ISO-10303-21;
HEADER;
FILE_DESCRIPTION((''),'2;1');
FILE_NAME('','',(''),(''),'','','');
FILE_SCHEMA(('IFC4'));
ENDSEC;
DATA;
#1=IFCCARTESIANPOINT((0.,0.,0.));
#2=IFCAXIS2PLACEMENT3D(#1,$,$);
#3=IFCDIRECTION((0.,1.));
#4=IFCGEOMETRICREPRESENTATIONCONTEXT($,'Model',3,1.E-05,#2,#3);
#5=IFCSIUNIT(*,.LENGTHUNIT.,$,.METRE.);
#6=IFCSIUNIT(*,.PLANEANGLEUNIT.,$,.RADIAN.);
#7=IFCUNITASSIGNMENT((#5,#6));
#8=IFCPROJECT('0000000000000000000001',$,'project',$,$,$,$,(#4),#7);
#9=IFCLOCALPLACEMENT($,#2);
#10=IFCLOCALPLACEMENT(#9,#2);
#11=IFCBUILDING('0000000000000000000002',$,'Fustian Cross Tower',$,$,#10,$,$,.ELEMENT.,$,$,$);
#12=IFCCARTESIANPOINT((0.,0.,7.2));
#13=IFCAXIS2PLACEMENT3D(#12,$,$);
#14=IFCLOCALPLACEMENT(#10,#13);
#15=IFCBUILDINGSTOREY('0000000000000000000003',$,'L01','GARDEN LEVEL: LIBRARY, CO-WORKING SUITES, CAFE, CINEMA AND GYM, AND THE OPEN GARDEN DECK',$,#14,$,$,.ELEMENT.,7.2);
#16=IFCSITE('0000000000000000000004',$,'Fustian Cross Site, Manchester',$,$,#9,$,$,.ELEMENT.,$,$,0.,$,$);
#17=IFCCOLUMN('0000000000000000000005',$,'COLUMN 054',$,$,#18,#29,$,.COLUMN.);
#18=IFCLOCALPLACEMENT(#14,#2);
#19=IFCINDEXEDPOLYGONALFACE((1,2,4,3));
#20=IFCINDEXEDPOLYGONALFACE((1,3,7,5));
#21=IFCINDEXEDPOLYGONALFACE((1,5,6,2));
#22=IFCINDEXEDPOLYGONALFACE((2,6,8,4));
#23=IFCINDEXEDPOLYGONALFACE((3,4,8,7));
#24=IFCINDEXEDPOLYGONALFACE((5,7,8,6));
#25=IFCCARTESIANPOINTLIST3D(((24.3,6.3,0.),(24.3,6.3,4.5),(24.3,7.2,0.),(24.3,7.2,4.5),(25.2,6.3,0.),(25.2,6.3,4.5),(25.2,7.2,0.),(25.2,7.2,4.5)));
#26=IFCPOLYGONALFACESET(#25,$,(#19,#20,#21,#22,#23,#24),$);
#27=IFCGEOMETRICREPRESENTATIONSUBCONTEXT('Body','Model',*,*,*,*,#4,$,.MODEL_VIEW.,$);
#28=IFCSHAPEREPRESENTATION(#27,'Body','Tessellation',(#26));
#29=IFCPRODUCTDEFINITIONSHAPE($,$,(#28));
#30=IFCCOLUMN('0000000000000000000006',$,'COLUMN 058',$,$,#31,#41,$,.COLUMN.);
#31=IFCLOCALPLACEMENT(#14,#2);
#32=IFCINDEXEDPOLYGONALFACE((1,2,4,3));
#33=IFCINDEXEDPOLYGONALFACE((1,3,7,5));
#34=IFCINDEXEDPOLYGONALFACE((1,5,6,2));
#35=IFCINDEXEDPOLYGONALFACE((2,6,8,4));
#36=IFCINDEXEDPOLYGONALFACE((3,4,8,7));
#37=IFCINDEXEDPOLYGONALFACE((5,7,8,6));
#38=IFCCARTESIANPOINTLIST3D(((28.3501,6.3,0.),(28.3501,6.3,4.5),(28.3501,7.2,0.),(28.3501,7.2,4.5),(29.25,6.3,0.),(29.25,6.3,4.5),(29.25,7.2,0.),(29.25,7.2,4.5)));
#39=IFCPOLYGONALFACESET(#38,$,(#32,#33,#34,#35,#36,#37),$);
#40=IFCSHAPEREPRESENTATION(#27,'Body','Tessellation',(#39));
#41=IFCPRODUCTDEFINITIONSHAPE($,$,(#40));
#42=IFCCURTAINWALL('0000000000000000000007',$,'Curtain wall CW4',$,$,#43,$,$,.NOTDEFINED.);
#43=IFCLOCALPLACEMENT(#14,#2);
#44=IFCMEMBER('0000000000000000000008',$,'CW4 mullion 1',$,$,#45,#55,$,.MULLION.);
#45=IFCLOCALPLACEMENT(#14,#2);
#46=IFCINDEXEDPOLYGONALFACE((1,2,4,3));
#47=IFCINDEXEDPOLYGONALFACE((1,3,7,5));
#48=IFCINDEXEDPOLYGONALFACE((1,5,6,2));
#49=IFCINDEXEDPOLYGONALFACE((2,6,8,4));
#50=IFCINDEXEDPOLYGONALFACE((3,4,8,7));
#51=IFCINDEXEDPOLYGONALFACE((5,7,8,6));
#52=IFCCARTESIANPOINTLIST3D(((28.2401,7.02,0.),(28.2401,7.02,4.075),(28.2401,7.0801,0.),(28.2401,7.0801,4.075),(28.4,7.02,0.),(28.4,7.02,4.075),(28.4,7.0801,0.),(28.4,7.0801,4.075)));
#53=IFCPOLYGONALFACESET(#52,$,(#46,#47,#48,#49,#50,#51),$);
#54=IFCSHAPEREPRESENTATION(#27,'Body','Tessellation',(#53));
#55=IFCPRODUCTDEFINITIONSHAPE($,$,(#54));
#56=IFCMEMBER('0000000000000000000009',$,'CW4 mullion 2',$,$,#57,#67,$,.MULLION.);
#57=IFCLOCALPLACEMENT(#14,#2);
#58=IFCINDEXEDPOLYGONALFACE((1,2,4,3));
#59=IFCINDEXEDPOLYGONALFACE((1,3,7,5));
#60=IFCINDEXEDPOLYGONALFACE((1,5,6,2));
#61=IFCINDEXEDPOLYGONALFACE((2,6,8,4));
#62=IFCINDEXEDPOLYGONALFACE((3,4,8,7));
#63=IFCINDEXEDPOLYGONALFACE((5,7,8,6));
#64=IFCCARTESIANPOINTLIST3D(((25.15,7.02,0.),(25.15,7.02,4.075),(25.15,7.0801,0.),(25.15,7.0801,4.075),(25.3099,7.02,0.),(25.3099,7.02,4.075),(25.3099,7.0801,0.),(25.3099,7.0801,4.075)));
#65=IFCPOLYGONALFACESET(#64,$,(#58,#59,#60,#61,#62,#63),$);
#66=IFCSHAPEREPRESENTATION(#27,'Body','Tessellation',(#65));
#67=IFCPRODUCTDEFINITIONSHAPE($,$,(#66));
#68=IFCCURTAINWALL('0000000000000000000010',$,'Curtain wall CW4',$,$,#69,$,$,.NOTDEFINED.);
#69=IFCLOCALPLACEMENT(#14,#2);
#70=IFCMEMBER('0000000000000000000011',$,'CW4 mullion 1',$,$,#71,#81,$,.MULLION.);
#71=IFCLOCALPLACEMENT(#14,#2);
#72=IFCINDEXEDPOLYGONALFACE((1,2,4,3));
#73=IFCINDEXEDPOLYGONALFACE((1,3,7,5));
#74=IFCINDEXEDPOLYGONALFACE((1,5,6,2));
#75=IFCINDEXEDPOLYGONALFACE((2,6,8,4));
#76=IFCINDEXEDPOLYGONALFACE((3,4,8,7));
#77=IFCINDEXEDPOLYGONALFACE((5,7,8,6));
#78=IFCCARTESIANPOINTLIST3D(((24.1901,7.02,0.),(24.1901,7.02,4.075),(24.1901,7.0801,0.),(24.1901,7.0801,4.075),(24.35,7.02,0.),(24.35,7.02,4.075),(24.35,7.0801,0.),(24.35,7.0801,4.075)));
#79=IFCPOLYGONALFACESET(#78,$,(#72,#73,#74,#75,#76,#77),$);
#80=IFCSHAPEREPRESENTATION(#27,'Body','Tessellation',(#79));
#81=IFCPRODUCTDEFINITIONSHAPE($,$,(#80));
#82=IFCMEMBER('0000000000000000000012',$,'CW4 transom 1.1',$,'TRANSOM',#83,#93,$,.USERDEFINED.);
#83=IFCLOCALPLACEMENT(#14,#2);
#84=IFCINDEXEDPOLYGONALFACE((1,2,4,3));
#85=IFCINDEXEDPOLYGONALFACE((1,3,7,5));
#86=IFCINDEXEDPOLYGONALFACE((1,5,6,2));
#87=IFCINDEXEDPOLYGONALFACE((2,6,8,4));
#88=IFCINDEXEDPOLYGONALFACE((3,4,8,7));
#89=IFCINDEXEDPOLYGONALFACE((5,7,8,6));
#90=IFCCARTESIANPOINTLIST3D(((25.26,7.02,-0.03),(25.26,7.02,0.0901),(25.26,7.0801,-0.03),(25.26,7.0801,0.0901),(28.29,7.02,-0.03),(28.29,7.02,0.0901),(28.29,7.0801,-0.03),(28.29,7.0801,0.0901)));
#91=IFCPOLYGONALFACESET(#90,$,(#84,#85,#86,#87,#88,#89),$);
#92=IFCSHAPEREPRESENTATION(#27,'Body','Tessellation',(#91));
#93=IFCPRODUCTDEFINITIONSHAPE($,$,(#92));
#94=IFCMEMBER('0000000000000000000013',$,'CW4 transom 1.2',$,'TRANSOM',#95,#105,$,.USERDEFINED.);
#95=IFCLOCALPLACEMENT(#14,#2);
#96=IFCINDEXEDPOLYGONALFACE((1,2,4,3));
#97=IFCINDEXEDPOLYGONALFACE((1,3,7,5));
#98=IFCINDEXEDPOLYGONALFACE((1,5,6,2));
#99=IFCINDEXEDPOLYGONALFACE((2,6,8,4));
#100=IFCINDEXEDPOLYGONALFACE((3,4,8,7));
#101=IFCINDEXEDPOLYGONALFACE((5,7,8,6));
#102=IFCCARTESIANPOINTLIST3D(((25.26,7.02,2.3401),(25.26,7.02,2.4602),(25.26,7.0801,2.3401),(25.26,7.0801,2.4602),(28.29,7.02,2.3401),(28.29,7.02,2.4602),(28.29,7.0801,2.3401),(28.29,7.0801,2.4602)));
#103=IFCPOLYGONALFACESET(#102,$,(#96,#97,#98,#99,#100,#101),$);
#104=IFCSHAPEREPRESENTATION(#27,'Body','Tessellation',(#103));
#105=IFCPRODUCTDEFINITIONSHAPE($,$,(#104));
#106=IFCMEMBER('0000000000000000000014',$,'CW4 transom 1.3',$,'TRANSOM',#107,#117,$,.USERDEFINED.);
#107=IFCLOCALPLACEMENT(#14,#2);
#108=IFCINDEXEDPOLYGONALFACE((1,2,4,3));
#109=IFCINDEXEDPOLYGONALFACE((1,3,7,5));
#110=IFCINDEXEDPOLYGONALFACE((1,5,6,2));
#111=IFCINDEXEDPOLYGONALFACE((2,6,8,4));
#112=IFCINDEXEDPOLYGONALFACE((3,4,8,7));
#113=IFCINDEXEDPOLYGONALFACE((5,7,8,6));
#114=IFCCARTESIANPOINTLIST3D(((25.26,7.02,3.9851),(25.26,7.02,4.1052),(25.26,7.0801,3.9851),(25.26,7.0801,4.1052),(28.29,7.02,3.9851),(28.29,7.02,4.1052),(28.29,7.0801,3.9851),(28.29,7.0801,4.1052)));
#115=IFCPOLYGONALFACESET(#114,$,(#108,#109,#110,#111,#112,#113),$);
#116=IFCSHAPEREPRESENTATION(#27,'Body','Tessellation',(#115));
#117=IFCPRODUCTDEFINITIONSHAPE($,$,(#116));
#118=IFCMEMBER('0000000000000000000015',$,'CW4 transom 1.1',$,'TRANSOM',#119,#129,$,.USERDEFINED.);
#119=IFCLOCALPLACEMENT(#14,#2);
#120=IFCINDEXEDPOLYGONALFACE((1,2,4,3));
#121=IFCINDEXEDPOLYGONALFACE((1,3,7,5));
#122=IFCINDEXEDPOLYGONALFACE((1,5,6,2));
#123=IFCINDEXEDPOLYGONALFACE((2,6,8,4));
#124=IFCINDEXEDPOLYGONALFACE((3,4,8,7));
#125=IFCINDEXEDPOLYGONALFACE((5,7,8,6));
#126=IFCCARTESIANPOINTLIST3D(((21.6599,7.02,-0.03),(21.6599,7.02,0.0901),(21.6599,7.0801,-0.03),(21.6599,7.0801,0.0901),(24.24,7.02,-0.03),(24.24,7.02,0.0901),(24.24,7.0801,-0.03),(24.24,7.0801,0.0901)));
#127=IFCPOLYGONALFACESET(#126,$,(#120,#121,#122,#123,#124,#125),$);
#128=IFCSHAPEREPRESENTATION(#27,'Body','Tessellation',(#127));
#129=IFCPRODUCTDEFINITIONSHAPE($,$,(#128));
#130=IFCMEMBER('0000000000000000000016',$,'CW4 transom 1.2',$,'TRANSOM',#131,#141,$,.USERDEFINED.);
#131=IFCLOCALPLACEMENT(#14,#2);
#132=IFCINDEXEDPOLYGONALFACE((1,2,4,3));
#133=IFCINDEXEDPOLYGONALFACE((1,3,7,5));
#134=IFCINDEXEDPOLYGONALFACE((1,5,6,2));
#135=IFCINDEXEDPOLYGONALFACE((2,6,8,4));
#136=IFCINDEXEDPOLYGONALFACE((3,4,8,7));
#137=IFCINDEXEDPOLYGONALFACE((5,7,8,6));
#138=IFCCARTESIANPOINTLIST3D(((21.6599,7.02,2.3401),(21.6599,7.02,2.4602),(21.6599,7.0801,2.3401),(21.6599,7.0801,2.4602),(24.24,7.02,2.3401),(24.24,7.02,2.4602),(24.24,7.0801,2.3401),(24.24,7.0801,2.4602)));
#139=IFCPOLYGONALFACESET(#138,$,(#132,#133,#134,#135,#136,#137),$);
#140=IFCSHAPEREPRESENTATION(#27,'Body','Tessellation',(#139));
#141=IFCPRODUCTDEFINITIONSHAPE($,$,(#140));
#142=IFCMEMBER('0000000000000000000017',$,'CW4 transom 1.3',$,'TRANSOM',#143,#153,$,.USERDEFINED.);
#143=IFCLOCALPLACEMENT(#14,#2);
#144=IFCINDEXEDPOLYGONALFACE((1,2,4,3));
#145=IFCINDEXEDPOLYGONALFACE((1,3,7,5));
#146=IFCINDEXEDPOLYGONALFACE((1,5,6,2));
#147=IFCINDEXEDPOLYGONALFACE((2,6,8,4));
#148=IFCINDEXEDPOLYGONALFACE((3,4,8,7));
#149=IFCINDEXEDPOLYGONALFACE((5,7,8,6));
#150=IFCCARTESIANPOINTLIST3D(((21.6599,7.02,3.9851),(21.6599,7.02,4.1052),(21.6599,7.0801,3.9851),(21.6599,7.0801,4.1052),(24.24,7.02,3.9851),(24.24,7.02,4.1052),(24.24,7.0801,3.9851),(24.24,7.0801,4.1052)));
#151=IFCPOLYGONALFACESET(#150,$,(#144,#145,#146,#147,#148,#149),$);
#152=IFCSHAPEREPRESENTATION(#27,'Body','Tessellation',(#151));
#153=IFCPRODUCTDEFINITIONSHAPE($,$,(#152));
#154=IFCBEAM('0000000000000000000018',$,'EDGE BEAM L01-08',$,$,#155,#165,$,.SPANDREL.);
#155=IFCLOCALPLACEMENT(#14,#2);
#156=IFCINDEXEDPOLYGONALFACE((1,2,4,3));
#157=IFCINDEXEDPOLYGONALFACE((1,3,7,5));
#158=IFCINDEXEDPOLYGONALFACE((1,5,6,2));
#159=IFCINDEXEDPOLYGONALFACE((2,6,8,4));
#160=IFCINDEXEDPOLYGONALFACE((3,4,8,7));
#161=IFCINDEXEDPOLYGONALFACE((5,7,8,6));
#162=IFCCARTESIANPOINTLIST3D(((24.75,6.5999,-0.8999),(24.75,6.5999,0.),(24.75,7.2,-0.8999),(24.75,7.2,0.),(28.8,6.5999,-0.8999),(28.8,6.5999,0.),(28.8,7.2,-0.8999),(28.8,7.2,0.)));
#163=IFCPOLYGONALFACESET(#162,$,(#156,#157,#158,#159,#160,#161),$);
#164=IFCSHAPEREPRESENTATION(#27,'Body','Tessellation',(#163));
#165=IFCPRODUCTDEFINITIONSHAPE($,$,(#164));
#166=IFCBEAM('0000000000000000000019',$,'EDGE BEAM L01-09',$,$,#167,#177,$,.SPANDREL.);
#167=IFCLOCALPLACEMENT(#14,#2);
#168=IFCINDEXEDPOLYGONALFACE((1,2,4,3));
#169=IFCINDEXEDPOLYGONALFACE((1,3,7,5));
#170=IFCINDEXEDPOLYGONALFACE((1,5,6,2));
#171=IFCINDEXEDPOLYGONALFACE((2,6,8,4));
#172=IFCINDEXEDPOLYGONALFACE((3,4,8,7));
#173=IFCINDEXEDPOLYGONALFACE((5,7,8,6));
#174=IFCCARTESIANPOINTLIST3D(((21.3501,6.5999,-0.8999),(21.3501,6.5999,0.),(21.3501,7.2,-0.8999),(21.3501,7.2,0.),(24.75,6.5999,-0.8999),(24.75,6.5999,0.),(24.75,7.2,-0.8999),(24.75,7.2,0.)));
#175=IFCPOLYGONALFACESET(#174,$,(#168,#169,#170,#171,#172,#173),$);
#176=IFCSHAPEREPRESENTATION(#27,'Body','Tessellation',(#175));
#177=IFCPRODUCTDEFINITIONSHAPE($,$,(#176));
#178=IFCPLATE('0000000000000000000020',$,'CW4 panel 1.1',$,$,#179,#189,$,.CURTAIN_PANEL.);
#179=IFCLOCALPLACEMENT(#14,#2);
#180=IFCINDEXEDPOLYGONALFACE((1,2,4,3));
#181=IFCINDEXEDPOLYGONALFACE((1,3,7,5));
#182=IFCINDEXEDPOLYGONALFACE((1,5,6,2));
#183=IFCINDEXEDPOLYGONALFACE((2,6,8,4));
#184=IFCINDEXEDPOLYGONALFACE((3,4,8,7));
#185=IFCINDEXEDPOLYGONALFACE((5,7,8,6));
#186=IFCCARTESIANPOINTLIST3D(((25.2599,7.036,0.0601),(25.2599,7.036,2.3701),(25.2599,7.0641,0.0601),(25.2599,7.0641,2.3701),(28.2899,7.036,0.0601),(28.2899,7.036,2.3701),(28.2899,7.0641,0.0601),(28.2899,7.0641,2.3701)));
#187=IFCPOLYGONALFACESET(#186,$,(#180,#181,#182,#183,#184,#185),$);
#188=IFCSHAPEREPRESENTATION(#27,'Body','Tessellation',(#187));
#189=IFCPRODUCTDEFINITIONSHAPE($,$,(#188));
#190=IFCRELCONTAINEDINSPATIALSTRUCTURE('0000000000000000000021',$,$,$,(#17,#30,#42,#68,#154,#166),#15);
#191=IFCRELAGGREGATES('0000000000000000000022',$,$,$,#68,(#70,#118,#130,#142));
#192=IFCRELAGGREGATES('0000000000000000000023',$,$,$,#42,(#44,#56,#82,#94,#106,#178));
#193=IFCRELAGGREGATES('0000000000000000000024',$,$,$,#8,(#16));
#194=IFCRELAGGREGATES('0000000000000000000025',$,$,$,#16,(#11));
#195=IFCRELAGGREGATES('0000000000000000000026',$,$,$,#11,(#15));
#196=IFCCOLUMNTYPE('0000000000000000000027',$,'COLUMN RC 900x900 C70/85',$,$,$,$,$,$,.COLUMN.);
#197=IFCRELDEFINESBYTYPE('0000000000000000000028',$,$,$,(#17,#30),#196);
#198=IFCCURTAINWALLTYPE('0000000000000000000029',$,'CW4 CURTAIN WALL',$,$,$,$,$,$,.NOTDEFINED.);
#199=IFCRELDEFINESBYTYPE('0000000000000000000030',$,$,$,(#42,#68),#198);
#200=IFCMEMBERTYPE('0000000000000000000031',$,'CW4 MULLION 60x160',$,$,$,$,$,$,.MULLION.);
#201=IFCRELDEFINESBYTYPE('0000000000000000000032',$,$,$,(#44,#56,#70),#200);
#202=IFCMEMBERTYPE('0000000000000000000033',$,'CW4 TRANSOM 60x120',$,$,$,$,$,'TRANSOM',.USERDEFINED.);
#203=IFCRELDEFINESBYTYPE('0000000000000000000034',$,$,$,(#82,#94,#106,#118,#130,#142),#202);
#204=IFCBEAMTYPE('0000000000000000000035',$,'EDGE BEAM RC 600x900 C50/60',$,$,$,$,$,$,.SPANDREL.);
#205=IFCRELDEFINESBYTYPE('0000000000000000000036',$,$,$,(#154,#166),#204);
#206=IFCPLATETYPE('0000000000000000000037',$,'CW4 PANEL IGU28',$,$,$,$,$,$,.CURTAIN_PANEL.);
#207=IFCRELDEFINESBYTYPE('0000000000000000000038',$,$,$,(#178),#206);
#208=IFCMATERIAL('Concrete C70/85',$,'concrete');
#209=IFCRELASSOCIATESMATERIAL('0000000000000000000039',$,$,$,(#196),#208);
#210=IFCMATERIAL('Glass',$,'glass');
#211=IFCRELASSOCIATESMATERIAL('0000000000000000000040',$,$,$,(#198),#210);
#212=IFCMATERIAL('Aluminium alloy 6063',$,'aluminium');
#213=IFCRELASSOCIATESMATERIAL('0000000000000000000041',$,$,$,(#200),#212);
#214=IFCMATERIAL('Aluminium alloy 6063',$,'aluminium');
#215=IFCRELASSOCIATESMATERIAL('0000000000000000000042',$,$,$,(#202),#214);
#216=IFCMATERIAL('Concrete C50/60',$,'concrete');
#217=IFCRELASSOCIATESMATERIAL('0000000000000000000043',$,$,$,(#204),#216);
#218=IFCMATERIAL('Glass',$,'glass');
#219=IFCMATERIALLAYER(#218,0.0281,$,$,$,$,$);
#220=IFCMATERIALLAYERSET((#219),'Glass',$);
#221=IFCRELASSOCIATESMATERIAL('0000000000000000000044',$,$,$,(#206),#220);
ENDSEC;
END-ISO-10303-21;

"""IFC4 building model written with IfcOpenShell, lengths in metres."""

from ifc_helpers import new_model, si_unit, direction, frame, origin, origin_2d, place, context, subcontext, project, spatial, rectangle, extrude, material, layer, layer_set, material_profile, profile_set, type_object, element, aggregate, save


model = new_model("IFC4")

# Units and contexts
model_context = context("Model", 3, precision=1e-05, world=origin(), true_north=direction((0.0, 1.0)))
body_context = subcontext(model_context, "Body", "Model", "MODEL_VIEW")
ifc_project = project(units=[si_unit("LENGTHUNIT", "METRE"), si_unit("PLANEANGLEUNIT", "RADIAN")], contexts=[model_context])

# Site, building, storey
site_placement = place(None, origin())
site = spatial("IfcSite", under=ifc_project, at=site_placement, Name="Fustian Cross Site, Manchester", CompositionType="ELEMENT", RefElevation=0.0)
building_placement = place(site_placement, origin())
building = spatial("IfcBuilding", under=site, at=building_placement, Name="Fustian Cross Tower", CompositionType="ELEMENT")
storey_placement = place(building_placement, frame((0.0, 0.0, 7.2)))
storey = spatial("IfcBuildingStorey", under=building, at=storey_placement, Name="L01", Description="GARDEN LEVEL: LIBRARY, CO-WORKING SUITES, CAFE, CINEMA AND GYM, AND THE OPEN GARDEN DECK", CompositionType="ELEMENT", Elevation=7.2)

# Columns
ifc_material_1 = material(Name="Concrete C70/85", Category="concrete")
ifc_material_profile_1 = material_profile(ifc_material_1, rectangle(XDim=0.8999, YDim=0.8999, at=origin_2d()), Name="RC 900x900")
ifc_profile_set_1 = profile_set([ifc_material_profile_1], Name="Concrete C70/85")
column_type = type_object("IfcColumnType", Name="COLUMN RC 900x900 C70/85", PredefinedType="COLUMN", material=ifc_profile_set_1)
for number, where, z_axis, x_axis, name in (
    (1, (24.75, 6.75, 0.0), (0.0, 0.0, 1.0), (1.0, 0.0, 0.0), "COLUMN 054"),
    (2, (28.8, 6.75, 0.0), (0.0, 0.0, 1.0), (1.0, 0.0, 0.0), "COLUMN 058"),
):
    element("IfcColumn", number, at=place(storey_placement, frame(where, z_axis=z_axis, x_axis=x_axis)), inside=storey, type_object=column_type, Name=name, PredefinedType="COLUMN", context=body_context, shape_type="SweptSolid", body=[
        extrude(rectangle(XDim=0.8999, YDim=0.8999, at=origin_2d()), origin(), (0.0, 0.0, 1.0), 4.5),
    ])

# Curtain wall, members
ifc_material_2 = material(Name="Glass", Category="glass")
curtain_wall_type = type_object("IfcCurtainWallType", Name="CW4 CURTAIN WALL", PredefinedType="NOTDEFINED", material=ifc_material_2)
curtain_wall_1_placement = place(storey_placement, origin())
curtain_wall_1 = element("IfcCurtainWall", 3, at=curtain_wall_1_placement, inside=storey, type_object=curtain_wall_type, Name="Curtain wall CW4", PredefinedType="NOTDEFINED")
ifc_material_3 = material(Name="Aluminium alloy 6063", Category="aluminium")
ifc_material_profile_2 = material_profile(ifc_material_3, rectangle(XDim=0.0601, YDim=0.1599, at=origin_2d()), Name="CW4 MULLION 60x160")
ifc_profile_set_2 = profile_set([ifc_material_profile_2], Name="Aluminium alloy 6063")
member_type_1 = type_object("IfcMemberType", Name="CW4 MULLION 60x160", PredefinedType="MULLION", material=ifc_profile_set_2)
member_1_placement = place(storey_placement, frame((28.3201, 7.05, 0.0), z_axis=(0.0, 0.0, 1.0), x_axis=(0.0, -1.0, 0.0)))
member_1 = element("IfcMember", 4, at=member_1_placement, type_object=member_type_1, Name="CW4 mullion 1", PredefinedType="MULLION", context=body_context, shape_type="SweptSolid", body=[
    extrude(rectangle(XDim=0.0601, YDim=0.1599, at=origin_2d()), origin(), (0.0, 0.0, 1.0), 4.075),
])
member_2_placement = place(storey_placement, frame((25.23, 7.05, 0.0), z_axis=(0.0, 0.0, 1.0), x_axis=(0.0, -1.0, 0.0)))
member_2 = element("IfcMember", 5, at=member_2_placement, type_object=member_type_1, Name="CW4 mullion 2", PredefinedType="MULLION", context=body_context, shape_type="SweptSolid", body=[
    extrude(rectangle(XDim=0.0601, YDim=0.1599, at=origin_2d()), origin(), (0.0, 0.0, 1.0), 4.075),
])

# Curtain wall, member
curtain_wall_2_placement = place(storey_placement, origin())
curtain_wall_2 = element("IfcCurtainWall", 6, at=curtain_wall_2_placement, inside=storey, type_object=curtain_wall_type, Name="Curtain wall CW4", PredefinedType="NOTDEFINED")
member_3_placement = place(storey_placement, frame((24.27, 7.05, 0.0), z_axis=(0.0, 0.0, 1.0), x_axis=(0.0, -1.0, 0.0)))
member_3 = element("IfcMember", 7, at=member_3_placement, type_object=member_type_1, Name="CW4 mullion 1", PredefinedType="MULLION", context=body_context, shape_type="SweptSolid", body=[
    extrude(rectangle(XDim=0.0601, YDim=0.1599, at=origin_2d()), origin(), (0.0, 0.0, 1.0), 4.075),
])

# Members
ifc_material_4 = material(Name="Aluminium alloy 6063", Category="aluminium")
ifc_material_profile_3 = material_profile(ifc_material_4, rectangle(XDim=0.0601, YDim=0.1201, at=origin_2d()), Name="CW4 TRANSOM 60x120")
ifc_profile_set_3 = profile_set([ifc_material_profile_3], Name="Aluminium alloy 6063")
member_type_2 = type_object("IfcMemberType", Name="CW4 TRANSOM 60x120", ElementType="TRANSOM", PredefinedType="USERDEFINED", material=ifc_profile_set_3)
member_4_placement = place(storey_placement, frame((28.29, 7.05, 0.03), z_axis=(-1.0, 0.0, 0.0), x_axis=(0.0, -1.0, 0.0)))
member_4 = element("IfcMember", 8, at=member_4_placement, type_object=member_type_2, Name="CW4 transom 1.1", ObjectType="TRANSOM", PredefinedType="USERDEFINED", context=body_context, shape_type="SweptSolid", body=[
    extrude(rectangle(XDim=0.0601, YDim=0.1201, at=origin_2d()), origin(), (0.0, 0.0, 1.0), 3.03),
])
member_5_placement = place(storey_placement, frame((28.29, 7.05, 2.4001), z_axis=(-1.0, 0.0, 0.0), x_axis=(0.0, -1.0, 0.0)))
member_5 = element("IfcMember", 9, at=member_5_placement, type_object=member_type_2, Name="CW4 transom 1.2", ObjectType="TRANSOM", PredefinedType="USERDEFINED", context=body_context, shape_type="SweptSolid", body=[
    extrude(rectangle(XDim=0.0601, YDim=0.1201, at=origin_2d()), origin(), (0.0, 0.0, 1.0), 3.03),
])
member_6_placement = place(storey_placement, frame((28.29, 7.05, 4.0452), z_axis=(-1.0, 0.0, 0.0), x_axis=(0.0, -1.0, 0.0)))
member_6 = element("IfcMember", 10, at=member_6_placement, type_object=member_type_2, Name="CW4 transom 1.3", ObjectType="TRANSOM", PredefinedType="USERDEFINED", context=body_context, shape_type="SweptSolid", body=[
    extrude(rectangle(XDim=0.0601, YDim=0.1201, at=origin_2d()), origin(), (0.0, 0.0, 1.0), 3.03),
])
member_7_placement = place(storey_placement, frame((24.24, 7.05, 0.03), z_axis=(-1.0, 0.0, 0.0), x_axis=(0.0, -1.0, 0.0)))
member_7 = element("IfcMember", 11, at=member_7_placement, type_object=member_type_2, Name="CW4 transom 1.1", ObjectType="TRANSOM", PredefinedType="USERDEFINED", context=body_context, shape_type="SweptSolid", body=[
    extrude(rectangle(XDim=0.0601, YDim=0.1201, at=origin_2d()), origin(), (0.0, 0.0, 1.0), 2.5801),
])
member_8_placement = place(storey_placement, frame((24.24, 7.05, 2.4001), z_axis=(-1.0, 0.0, 0.0), x_axis=(0.0, -1.0, 0.0)))
member_8 = element("IfcMember", 12, at=member_8_placement, type_object=member_type_2, Name="CW4 transom 1.2", ObjectType="TRANSOM", PredefinedType="USERDEFINED", context=body_context, shape_type="SweptSolid", body=[
    extrude(rectangle(XDim=0.0601, YDim=0.1201, at=origin_2d()), origin(), (0.0, 0.0, 1.0), 2.5801),
])
member_9_placement = place(storey_placement, frame((24.24, 7.05, 4.0452), z_axis=(-1.0, 0.0, 0.0), x_axis=(0.0, -1.0, 0.0)))
member_9 = element("IfcMember", 13, at=member_9_placement, type_object=member_type_2, Name="CW4 transom 1.3", ObjectType="TRANSOM", PredefinedType="USERDEFINED", context=body_context, shape_type="SweptSolid", body=[
    extrude(rectangle(XDim=0.0601, YDim=0.1201, at=origin_2d()), origin(), (0.0, 0.0, 1.0), 2.5801),
])
aggregate(curtain_wall_2, [member_3, member_7, member_8, member_9])

# Beams
ifc_material_5 = material(Name="Concrete C50/60", Category="concrete")
ifc_material_profile_4 = material_profile(ifc_material_5, rectangle(XDim=0.6001, YDim=0.8999, at=origin_2d()), Name="RC 600x900")
ifc_profile_set_4 = profile_set([ifc_material_profile_4], Name="Concrete C50/60")
beam_type = type_object("IfcBeamType", Name="EDGE BEAM RC 600x900 C50/60", PredefinedType="SPANDREL", material=ifc_profile_set_4)
beam_1_placement = place(storey_placement, frame((28.8, 6.8999, -0.45), z_axis=(-1.0, 0.0, 0.0), x_axis=(0.0, -1.0, 0.0)))
element("IfcBeam", 14, at=beam_1_placement, inside=storey, type_object=beam_type, Name="EDGE BEAM L01-08", PredefinedType="SPANDREL", context=body_context, shape_type="SweptSolid", body=[
    extrude(rectangle(XDim=0.6001, YDim=0.8999, at=origin_2d()), origin(), (0.0, 0.0, 1.0), 4.05),
])
beam_2_placement = place(storey_placement, frame((24.75, 6.8999, -0.45), z_axis=(-1.0, 0.0, 0.0), x_axis=(0.0, -1.0, 0.0)))
element("IfcBeam", 15, at=beam_2_placement, inside=storey, type_object=beam_type, Name="EDGE BEAM L01-09", PredefinedType="SPANDREL", context=body_context, shape_type="SweptSolid", body=[
    extrude(rectangle(XDim=0.6001, YDim=0.8999, at=origin_2d()), origin(), (0.0, 0.0, 1.0), 3.3999),
])

# Plate
ifc_material_6 = material(Name="Glass", Category="glass")
ifc_layer_1 = layer(ifc_material_6, 0.0281)
ifc_layer_set_1 = layer_set([ifc_layer_1], Name="Glass")
plate_type = type_object("IfcPlateType", Name="CW4 PANEL IGU28", PredefinedType="CURTAIN_PANEL", material=ifc_layer_set_1)
plate_1_placement = place(storey_placement, frame((26.7749, 7.05, 0.0601), z_axis=(0.0, 0.0, 1.0), x_axis=(-1.0, 0.0, 0.0)))
plate_1 = element("IfcPlate", 16, at=plate_1_placement, type_object=plate_type, Name="CW4 panel 1.1", PredefinedType="CURTAIN_PANEL", context=body_context, shape_type="SweptSolid", body=[
    extrude(rectangle(XDim=3.03, YDim=0.0281, at=origin_2d()), origin(), (0.0, 0.0, 1.0), 2.3101),
])
aggregate(curtain_wall_1, [member_1, member_2, member_4, member_5, member_6, plate_1])

save(model, "model.ifc")
